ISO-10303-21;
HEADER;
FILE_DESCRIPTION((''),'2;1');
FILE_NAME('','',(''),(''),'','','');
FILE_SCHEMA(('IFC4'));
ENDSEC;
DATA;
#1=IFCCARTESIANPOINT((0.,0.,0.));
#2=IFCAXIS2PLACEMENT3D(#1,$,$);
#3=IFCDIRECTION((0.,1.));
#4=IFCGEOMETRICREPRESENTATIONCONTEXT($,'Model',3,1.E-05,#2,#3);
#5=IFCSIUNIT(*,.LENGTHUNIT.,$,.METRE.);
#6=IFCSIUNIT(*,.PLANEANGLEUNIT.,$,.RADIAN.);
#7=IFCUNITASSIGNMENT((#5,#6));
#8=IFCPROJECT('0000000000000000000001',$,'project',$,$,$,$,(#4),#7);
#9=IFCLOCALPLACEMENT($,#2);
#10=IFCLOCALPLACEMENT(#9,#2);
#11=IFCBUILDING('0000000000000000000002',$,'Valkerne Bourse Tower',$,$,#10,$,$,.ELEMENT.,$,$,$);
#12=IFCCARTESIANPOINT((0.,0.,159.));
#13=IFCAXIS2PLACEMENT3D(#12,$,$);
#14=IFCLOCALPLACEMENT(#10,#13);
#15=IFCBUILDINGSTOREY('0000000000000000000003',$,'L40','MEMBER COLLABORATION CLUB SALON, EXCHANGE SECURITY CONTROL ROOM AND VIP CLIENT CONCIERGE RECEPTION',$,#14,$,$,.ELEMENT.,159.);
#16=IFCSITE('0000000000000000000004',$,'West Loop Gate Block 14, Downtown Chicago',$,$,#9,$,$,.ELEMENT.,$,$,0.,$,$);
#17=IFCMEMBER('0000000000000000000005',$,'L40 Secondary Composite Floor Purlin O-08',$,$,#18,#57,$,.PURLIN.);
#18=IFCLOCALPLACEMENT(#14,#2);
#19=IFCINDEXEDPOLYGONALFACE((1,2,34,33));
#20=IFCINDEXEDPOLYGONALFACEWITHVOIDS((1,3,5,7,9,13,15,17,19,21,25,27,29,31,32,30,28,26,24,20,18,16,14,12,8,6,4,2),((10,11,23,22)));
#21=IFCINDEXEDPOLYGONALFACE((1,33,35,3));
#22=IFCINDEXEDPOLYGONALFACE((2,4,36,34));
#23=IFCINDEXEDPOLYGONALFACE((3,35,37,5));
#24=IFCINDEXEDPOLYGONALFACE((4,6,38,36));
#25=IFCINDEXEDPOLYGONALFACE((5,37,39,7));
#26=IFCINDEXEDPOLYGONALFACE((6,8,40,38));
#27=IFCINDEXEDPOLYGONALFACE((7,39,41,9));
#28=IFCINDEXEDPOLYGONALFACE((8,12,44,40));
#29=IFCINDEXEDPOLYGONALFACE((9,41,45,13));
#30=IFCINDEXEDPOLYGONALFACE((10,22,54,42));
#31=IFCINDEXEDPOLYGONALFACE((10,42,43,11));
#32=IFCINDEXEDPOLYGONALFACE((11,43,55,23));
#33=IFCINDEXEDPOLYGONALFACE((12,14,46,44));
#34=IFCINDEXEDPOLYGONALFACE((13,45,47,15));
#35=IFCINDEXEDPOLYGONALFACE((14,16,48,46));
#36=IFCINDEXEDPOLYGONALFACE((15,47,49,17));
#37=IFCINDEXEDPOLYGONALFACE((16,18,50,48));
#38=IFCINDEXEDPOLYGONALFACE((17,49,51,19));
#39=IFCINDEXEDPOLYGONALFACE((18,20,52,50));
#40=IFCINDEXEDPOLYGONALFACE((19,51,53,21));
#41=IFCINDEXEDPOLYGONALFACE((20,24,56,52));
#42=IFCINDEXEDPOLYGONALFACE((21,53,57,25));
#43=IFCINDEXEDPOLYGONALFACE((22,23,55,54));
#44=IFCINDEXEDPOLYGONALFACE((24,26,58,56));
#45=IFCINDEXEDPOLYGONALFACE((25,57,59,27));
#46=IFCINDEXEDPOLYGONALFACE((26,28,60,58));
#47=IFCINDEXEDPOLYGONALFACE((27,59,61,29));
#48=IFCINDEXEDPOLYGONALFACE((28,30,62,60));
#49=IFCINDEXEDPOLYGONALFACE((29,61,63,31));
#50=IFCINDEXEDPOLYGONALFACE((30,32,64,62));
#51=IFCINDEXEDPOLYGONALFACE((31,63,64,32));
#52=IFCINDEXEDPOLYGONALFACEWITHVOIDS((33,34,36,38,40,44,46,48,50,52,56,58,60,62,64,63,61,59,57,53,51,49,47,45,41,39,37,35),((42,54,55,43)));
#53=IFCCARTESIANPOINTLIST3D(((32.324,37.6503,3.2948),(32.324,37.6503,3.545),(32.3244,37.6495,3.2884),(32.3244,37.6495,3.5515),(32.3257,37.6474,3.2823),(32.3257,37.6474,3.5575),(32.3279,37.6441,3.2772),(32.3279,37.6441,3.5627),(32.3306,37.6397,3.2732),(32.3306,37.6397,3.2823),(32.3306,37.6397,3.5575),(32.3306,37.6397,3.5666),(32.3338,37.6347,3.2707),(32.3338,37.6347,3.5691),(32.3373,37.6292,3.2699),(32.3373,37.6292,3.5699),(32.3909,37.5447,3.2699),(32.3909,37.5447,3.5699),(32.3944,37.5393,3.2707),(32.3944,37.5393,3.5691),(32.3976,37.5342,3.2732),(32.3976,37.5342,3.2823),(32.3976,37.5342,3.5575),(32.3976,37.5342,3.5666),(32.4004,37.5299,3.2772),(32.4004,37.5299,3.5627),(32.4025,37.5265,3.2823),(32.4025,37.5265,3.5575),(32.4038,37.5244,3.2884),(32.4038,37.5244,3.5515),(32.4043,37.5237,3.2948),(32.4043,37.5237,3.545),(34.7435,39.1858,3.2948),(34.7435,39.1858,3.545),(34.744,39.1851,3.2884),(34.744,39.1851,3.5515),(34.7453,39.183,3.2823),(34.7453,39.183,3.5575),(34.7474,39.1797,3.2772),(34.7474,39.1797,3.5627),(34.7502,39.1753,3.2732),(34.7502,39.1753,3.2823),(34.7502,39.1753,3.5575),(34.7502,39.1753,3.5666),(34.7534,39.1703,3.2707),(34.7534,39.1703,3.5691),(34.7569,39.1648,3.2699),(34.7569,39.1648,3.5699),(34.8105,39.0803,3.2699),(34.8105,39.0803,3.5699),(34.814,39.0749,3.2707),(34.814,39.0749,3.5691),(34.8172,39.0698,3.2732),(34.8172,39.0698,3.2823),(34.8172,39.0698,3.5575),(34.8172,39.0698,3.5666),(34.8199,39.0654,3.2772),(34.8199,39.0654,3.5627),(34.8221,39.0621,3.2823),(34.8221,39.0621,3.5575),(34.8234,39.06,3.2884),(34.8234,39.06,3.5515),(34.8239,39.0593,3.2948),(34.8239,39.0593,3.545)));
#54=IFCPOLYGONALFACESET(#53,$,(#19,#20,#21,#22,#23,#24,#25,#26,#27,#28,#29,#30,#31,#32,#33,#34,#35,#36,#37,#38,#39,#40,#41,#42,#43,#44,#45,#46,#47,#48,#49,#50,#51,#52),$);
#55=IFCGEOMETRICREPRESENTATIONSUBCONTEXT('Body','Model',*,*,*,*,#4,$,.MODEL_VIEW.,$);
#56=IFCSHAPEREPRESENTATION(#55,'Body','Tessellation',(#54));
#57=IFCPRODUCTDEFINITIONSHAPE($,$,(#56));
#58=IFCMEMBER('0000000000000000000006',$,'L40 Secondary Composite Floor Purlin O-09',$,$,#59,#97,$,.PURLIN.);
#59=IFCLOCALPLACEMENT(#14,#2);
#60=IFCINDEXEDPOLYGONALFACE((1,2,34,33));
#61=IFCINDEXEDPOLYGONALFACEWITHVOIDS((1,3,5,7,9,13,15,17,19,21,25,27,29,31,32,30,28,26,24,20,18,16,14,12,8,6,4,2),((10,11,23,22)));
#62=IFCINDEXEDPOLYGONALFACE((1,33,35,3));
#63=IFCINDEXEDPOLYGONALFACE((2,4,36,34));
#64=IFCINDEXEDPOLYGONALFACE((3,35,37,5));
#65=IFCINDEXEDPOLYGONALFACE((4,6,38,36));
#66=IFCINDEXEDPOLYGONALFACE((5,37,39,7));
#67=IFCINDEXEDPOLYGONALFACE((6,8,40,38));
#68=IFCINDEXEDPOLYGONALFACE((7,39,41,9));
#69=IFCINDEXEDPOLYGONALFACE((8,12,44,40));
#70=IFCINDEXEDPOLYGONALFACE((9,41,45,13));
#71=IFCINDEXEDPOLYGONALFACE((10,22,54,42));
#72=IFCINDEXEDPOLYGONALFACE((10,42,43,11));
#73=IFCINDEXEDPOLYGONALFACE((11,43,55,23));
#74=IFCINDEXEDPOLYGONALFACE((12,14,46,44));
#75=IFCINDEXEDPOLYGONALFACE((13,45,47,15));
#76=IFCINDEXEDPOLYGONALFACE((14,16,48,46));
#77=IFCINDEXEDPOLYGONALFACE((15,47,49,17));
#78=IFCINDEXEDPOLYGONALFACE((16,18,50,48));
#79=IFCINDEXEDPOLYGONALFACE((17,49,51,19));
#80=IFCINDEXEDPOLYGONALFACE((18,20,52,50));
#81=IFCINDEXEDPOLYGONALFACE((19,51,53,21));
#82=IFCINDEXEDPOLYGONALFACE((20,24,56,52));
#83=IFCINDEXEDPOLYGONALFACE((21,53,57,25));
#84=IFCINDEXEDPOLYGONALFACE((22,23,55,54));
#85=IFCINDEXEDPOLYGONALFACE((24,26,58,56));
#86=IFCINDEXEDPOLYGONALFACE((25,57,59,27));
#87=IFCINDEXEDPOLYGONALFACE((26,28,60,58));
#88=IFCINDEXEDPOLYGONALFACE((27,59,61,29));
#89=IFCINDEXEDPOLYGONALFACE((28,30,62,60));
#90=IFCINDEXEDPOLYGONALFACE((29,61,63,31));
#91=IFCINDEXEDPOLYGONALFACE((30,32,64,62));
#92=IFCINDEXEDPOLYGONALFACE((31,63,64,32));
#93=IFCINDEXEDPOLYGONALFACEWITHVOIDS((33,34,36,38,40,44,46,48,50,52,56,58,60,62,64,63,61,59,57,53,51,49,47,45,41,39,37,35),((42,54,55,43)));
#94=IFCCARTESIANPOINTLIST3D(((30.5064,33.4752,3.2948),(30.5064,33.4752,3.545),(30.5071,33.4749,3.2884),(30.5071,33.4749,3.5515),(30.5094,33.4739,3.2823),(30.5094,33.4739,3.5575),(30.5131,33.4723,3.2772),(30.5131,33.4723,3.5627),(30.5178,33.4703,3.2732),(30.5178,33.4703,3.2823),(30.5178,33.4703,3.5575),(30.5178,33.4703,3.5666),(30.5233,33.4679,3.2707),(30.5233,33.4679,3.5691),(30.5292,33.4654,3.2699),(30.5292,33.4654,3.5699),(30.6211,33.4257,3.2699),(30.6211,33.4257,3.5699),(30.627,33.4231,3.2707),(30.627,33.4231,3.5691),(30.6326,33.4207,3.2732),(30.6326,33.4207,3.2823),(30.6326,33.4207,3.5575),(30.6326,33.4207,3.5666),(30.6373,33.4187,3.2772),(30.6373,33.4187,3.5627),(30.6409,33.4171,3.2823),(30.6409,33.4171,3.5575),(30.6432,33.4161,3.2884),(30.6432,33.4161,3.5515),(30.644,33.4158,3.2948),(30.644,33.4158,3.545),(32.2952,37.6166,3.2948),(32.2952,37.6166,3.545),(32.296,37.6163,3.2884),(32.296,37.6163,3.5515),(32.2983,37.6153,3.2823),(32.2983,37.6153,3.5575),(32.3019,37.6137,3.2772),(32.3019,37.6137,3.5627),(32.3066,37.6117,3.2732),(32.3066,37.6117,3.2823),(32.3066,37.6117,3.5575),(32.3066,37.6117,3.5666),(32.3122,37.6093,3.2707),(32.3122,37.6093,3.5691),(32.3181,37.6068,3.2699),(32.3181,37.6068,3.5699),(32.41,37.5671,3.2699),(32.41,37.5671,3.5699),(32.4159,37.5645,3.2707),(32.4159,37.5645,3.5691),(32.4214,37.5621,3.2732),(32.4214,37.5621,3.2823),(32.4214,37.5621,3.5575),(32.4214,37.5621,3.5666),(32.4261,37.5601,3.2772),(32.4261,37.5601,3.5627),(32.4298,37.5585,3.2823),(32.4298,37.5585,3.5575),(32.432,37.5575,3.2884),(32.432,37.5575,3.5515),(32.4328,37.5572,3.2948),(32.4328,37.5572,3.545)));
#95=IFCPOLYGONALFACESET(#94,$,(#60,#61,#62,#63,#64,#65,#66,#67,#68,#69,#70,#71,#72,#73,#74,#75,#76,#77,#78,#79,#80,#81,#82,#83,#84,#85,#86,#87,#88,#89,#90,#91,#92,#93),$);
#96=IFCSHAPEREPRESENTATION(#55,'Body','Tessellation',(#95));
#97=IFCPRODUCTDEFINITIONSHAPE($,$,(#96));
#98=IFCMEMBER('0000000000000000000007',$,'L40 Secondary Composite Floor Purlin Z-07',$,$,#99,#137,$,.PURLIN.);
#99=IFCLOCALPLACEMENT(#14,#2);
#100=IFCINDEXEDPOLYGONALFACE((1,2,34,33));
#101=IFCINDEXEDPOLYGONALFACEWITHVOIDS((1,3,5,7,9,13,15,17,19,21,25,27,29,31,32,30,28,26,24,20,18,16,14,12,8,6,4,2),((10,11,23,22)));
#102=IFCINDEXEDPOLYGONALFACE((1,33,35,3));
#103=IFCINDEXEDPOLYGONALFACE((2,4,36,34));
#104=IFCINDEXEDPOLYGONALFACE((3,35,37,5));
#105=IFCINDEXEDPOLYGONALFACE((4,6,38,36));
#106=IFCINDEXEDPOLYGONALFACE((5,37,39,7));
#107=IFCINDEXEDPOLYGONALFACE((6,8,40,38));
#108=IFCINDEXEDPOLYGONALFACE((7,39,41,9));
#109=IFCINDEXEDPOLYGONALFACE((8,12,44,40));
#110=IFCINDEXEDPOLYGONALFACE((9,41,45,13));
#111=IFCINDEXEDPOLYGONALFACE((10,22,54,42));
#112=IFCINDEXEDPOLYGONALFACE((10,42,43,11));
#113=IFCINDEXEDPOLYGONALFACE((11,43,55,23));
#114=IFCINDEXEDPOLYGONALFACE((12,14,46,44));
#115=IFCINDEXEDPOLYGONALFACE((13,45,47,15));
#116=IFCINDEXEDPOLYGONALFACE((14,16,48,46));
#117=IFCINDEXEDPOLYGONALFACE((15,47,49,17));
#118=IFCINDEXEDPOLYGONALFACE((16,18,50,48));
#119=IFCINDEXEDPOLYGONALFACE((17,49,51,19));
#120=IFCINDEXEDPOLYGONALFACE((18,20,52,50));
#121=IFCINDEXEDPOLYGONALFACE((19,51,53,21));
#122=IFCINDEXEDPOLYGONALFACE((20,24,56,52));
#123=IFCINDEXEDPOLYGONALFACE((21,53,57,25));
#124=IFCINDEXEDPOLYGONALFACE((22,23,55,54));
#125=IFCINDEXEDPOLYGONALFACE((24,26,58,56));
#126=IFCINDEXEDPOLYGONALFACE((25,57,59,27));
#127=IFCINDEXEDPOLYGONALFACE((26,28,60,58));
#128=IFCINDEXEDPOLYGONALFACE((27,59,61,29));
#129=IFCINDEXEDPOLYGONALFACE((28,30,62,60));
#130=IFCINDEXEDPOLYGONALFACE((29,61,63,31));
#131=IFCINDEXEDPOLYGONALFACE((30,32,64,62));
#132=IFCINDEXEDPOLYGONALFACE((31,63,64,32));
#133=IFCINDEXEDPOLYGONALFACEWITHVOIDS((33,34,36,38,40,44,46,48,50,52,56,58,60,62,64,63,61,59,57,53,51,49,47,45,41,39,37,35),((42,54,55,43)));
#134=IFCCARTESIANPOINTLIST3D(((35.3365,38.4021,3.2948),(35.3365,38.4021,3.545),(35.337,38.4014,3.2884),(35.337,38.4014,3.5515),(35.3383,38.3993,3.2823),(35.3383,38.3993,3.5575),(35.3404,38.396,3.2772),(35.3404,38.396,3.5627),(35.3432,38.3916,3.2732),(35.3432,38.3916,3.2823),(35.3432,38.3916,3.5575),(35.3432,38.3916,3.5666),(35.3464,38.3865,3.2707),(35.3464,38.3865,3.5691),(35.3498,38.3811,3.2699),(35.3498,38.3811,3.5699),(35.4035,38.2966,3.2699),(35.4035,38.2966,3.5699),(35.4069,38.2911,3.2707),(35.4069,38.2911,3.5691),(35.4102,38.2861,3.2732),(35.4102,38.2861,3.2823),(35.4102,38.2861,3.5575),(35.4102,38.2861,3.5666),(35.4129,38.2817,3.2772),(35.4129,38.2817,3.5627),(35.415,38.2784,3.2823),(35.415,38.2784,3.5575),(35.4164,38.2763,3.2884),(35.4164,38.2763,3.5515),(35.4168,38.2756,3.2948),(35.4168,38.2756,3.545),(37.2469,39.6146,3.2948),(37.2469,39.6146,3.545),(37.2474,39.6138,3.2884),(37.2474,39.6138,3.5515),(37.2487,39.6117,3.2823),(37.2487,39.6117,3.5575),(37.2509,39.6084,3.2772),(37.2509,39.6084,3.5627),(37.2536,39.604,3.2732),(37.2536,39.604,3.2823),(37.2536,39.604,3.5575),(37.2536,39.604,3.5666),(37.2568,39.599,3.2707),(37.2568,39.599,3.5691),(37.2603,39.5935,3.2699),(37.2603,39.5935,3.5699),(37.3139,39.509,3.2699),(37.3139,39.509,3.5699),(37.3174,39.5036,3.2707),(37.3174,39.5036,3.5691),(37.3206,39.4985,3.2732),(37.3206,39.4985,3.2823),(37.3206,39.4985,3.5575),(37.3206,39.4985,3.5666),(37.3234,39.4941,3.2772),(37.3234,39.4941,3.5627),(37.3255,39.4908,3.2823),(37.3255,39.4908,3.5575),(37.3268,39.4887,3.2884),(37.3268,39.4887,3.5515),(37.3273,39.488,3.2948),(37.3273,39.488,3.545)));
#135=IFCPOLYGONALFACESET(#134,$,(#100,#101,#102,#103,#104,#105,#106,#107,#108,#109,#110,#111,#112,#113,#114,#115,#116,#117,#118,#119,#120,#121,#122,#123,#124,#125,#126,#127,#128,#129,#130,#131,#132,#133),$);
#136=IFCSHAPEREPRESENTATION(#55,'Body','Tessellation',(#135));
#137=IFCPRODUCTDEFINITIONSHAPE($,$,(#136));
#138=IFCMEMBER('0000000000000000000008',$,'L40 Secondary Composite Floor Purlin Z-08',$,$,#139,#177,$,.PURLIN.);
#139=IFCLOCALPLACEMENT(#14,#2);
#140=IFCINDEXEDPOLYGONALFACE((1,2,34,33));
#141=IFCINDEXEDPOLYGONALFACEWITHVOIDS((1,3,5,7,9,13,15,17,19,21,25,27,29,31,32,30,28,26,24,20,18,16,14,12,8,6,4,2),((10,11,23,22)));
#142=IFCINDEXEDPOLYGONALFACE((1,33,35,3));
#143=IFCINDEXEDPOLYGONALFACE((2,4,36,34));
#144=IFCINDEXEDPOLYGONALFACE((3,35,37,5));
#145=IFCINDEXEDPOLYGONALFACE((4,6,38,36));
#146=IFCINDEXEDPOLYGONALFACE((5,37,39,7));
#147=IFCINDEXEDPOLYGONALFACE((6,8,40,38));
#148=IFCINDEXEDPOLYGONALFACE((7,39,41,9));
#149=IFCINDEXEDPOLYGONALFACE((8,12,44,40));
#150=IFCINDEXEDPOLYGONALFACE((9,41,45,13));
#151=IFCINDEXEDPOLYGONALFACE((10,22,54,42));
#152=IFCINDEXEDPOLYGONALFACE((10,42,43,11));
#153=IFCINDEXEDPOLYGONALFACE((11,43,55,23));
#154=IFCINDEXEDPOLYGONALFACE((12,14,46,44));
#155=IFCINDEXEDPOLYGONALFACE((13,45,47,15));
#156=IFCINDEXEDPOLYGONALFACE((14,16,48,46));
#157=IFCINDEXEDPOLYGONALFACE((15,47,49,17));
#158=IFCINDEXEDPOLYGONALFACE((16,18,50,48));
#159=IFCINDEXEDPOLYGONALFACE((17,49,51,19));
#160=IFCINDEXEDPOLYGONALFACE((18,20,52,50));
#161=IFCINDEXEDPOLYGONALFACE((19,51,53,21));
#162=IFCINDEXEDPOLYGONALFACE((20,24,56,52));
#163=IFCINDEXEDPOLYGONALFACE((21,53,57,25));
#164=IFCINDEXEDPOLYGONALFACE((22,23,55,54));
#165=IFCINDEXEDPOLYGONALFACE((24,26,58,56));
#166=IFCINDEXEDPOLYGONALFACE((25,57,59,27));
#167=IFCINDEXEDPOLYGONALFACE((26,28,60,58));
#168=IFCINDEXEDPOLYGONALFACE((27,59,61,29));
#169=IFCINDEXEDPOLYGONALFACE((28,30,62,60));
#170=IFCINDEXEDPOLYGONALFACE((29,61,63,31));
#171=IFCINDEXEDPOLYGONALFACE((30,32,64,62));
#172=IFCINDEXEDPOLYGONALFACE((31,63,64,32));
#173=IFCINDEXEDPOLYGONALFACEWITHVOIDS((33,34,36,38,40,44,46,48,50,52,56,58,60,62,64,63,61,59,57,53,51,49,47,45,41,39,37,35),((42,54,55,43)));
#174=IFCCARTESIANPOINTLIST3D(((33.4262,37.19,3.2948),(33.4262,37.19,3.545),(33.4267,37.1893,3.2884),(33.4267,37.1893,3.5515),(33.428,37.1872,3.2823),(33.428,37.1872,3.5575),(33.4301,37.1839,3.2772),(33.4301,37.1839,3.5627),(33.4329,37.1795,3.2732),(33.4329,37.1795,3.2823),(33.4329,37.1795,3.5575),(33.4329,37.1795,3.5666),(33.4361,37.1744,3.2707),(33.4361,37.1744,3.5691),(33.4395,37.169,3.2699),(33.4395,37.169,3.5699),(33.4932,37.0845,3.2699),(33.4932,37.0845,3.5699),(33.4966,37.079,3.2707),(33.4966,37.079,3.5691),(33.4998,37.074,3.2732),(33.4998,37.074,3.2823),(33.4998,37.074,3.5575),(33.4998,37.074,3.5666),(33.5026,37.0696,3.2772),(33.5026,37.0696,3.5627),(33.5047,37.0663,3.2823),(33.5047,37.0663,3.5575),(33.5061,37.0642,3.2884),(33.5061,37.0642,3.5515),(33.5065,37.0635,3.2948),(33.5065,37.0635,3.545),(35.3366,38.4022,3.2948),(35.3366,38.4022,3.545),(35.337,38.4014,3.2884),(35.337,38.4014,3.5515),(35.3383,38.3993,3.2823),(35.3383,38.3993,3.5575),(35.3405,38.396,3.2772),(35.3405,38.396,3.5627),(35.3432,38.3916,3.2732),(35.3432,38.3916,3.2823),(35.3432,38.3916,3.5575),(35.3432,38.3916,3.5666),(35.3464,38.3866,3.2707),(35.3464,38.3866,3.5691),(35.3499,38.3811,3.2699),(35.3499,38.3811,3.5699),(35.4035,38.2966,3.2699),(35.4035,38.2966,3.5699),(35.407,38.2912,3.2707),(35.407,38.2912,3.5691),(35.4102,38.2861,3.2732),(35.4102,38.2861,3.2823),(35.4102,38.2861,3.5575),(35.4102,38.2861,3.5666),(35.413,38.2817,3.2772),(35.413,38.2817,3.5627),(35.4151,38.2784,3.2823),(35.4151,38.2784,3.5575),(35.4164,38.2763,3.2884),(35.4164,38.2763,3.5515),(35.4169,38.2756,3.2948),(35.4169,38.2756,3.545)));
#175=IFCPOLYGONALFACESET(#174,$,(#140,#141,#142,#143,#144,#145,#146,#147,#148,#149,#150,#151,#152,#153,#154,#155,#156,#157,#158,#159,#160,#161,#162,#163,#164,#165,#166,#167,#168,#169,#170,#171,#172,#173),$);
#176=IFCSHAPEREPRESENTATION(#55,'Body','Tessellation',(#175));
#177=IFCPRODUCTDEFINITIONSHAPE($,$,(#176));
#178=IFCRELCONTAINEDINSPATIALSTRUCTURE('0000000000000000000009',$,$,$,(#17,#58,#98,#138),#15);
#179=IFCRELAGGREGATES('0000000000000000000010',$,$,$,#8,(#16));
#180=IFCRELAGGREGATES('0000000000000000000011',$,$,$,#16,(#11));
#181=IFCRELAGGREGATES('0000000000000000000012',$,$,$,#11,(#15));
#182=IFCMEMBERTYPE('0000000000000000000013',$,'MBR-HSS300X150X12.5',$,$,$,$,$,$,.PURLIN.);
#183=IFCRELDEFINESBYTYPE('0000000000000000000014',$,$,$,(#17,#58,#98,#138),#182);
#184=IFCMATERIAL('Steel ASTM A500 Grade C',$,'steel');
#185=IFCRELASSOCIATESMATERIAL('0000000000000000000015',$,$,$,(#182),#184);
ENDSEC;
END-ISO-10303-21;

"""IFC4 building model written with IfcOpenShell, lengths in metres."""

from ifc_helpers import new_model, si_unit, direction, frame, origin, origin_2d, place, context, subcontext, project, spatial, hollow_rectangle, extrude, material, material_profile, profile_set, type_object, element, save


model = new_model("IFC4")

# Units and contexts
model_context = context("Model", 3, precision=1e-05, world=origin(), true_north=direction((0.0, 1.0)))
body_context = subcontext(model_context, "Body", "Model", "MODEL_VIEW")
ifc_project = project(units=[si_unit("LENGTHUNIT", "METRE"), si_unit("PLANEANGLEUNIT", "RADIAN")], contexts=[model_context])

# Site, building, storey
site_placement = place(None, origin())
site = spatial("IfcSite", under=ifc_project, at=site_placement, Name="West Loop Gate Block 14, Downtown Chicago", CompositionType="ELEMENT", RefElevation=0.0)
building_placement = place(site_placement, origin())
building = spatial("IfcBuilding", under=site, at=building_placement, Name="Valkerne Bourse Tower", CompositionType="ELEMENT")
storey_placement = place(building_placement, frame((0.0, 0.0, 159.0)))
storey = spatial("IfcBuildingStorey", under=building, at=storey_placement, Name="L40", Description="MEMBER COLLABORATION CLUB SALON, EXCHANGE SECURITY CONTROL ROOM AND VIP CLIENT CONCIERGE RECEPTION", CompositionType="ELEMENT", Elevation=159.0)

# Members
ifc_material_1 = material(Name="Steel ASTM A500 Grade C", Category="steel")
ifc_material_profile_1 = material_profile(ifc_material_1, hollow_rectangle(XDim=0.1499, YDim=0.3, WallThickness=0.0125, OuterFilletRadius=0.0249, at=origin_2d()), Name="HSS300X150X12.5")
ifc_profile_set_1 = profile_set([ifc_material_profile_1], Name="Steel ASTM A500 Grade C")
member_type_1 = type_object("IfcMemberType", Name="MBR-HSS300X150X12.5", PredefinedType="PURLIN", material=ifc_profile_set_1)
member_1_placement = place(storey_placement, frame((34.7837, 39.1226, 3.4199), z_axis=(-0.844317, -0.535844, 0.0), x_axis=(0.535844, -0.844317, 0.0)))
element("IfcMember", 1, at=member_1_placement, inside=storey, type_object=member_type_1, Name="L40 Secondary Composite Floor Purlin O-08", PredefinedType="PURLIN", context=body_context, shape_type="SweptSolid", body=[
    extrude(hollow_rectangle(XDim=0.1499, YDim=0.3, WallThickness=0.0125, OuterFilletRadius=0.0249, at=origin_2d()), origin(), (0.0, 0.0, 1.0), 2.8657),
])
member_2_placement = place(storey_placement, frame((32.364, 37.5869, 3.4199), z_axis=(-0.39653, -0.918022, 0.0), x_axis=(0.918022, -0.39653, 0.0)))
element("IfcMember", 2, at=member_2_placement, inside=storey, type_object=member_type_1, Name="L40 Secondary Composite Floor Purlin O-09", PredefinedType="PURLIN", context=body_context, shape_type="SweptSolid", body=[
    extrude(hollow_rectangle(XDim=0.1499, YDim=0.3, WallThickness=0.0125, OuterFilletRadius=0.0249, at=origin_2d()), origin(), (0.0, 0.0, 1.0), 4.5112),
])
member_3_placement = place(storey_placement, frame((37.2871, 39.5513, 3.4199), z_axis=(-0.844323, -0.535835, 0.0), x_axis=(0.535835, -0.844323, 0.0)))
element("IfcMember", 3, at=member_3_placement, inside=storey, type_object=member_type_1, Name="L40 Secondary Composite Floor Purlin Z-07", PredefinedType="PURLIN", context=body_context, shape_type="SweptSolid", body=[
    extrude(hollow_rectangle(XDim=0.1499, YDim=0.3, WallThickness=0.0125, OuterFilletRadius=0.0249, at=origin_2d()), origin(), (0.0, 0.0, 1.0), 2.2627),
])
member_4_placement = place(storey_placement, frame((35.3767, 38.3389, 3.4199), z_axis=(-0.844372, -0.535758, 0.0), x_axis=(0.535758, -0.844372, 0.0)))
element("IfcMember", 4, at=member_4_placement, inside=storey, type_object=member_type_1, Name="L40 Secondary Composite Floor Purlin Z-08", PredefinedType="PURLIN", context=body_context, shape_type="SweptSolid", body=[
    extrude(hollow_rectangle(XDim=0.1499, YDim=0.3, WallThickness=0.0125, OuterFilletRadius=0.0249, at=origin_2d()), origin(), (0.0, 0.0, 1.0), 2.2625),
])

save(model, "model.ifc")
